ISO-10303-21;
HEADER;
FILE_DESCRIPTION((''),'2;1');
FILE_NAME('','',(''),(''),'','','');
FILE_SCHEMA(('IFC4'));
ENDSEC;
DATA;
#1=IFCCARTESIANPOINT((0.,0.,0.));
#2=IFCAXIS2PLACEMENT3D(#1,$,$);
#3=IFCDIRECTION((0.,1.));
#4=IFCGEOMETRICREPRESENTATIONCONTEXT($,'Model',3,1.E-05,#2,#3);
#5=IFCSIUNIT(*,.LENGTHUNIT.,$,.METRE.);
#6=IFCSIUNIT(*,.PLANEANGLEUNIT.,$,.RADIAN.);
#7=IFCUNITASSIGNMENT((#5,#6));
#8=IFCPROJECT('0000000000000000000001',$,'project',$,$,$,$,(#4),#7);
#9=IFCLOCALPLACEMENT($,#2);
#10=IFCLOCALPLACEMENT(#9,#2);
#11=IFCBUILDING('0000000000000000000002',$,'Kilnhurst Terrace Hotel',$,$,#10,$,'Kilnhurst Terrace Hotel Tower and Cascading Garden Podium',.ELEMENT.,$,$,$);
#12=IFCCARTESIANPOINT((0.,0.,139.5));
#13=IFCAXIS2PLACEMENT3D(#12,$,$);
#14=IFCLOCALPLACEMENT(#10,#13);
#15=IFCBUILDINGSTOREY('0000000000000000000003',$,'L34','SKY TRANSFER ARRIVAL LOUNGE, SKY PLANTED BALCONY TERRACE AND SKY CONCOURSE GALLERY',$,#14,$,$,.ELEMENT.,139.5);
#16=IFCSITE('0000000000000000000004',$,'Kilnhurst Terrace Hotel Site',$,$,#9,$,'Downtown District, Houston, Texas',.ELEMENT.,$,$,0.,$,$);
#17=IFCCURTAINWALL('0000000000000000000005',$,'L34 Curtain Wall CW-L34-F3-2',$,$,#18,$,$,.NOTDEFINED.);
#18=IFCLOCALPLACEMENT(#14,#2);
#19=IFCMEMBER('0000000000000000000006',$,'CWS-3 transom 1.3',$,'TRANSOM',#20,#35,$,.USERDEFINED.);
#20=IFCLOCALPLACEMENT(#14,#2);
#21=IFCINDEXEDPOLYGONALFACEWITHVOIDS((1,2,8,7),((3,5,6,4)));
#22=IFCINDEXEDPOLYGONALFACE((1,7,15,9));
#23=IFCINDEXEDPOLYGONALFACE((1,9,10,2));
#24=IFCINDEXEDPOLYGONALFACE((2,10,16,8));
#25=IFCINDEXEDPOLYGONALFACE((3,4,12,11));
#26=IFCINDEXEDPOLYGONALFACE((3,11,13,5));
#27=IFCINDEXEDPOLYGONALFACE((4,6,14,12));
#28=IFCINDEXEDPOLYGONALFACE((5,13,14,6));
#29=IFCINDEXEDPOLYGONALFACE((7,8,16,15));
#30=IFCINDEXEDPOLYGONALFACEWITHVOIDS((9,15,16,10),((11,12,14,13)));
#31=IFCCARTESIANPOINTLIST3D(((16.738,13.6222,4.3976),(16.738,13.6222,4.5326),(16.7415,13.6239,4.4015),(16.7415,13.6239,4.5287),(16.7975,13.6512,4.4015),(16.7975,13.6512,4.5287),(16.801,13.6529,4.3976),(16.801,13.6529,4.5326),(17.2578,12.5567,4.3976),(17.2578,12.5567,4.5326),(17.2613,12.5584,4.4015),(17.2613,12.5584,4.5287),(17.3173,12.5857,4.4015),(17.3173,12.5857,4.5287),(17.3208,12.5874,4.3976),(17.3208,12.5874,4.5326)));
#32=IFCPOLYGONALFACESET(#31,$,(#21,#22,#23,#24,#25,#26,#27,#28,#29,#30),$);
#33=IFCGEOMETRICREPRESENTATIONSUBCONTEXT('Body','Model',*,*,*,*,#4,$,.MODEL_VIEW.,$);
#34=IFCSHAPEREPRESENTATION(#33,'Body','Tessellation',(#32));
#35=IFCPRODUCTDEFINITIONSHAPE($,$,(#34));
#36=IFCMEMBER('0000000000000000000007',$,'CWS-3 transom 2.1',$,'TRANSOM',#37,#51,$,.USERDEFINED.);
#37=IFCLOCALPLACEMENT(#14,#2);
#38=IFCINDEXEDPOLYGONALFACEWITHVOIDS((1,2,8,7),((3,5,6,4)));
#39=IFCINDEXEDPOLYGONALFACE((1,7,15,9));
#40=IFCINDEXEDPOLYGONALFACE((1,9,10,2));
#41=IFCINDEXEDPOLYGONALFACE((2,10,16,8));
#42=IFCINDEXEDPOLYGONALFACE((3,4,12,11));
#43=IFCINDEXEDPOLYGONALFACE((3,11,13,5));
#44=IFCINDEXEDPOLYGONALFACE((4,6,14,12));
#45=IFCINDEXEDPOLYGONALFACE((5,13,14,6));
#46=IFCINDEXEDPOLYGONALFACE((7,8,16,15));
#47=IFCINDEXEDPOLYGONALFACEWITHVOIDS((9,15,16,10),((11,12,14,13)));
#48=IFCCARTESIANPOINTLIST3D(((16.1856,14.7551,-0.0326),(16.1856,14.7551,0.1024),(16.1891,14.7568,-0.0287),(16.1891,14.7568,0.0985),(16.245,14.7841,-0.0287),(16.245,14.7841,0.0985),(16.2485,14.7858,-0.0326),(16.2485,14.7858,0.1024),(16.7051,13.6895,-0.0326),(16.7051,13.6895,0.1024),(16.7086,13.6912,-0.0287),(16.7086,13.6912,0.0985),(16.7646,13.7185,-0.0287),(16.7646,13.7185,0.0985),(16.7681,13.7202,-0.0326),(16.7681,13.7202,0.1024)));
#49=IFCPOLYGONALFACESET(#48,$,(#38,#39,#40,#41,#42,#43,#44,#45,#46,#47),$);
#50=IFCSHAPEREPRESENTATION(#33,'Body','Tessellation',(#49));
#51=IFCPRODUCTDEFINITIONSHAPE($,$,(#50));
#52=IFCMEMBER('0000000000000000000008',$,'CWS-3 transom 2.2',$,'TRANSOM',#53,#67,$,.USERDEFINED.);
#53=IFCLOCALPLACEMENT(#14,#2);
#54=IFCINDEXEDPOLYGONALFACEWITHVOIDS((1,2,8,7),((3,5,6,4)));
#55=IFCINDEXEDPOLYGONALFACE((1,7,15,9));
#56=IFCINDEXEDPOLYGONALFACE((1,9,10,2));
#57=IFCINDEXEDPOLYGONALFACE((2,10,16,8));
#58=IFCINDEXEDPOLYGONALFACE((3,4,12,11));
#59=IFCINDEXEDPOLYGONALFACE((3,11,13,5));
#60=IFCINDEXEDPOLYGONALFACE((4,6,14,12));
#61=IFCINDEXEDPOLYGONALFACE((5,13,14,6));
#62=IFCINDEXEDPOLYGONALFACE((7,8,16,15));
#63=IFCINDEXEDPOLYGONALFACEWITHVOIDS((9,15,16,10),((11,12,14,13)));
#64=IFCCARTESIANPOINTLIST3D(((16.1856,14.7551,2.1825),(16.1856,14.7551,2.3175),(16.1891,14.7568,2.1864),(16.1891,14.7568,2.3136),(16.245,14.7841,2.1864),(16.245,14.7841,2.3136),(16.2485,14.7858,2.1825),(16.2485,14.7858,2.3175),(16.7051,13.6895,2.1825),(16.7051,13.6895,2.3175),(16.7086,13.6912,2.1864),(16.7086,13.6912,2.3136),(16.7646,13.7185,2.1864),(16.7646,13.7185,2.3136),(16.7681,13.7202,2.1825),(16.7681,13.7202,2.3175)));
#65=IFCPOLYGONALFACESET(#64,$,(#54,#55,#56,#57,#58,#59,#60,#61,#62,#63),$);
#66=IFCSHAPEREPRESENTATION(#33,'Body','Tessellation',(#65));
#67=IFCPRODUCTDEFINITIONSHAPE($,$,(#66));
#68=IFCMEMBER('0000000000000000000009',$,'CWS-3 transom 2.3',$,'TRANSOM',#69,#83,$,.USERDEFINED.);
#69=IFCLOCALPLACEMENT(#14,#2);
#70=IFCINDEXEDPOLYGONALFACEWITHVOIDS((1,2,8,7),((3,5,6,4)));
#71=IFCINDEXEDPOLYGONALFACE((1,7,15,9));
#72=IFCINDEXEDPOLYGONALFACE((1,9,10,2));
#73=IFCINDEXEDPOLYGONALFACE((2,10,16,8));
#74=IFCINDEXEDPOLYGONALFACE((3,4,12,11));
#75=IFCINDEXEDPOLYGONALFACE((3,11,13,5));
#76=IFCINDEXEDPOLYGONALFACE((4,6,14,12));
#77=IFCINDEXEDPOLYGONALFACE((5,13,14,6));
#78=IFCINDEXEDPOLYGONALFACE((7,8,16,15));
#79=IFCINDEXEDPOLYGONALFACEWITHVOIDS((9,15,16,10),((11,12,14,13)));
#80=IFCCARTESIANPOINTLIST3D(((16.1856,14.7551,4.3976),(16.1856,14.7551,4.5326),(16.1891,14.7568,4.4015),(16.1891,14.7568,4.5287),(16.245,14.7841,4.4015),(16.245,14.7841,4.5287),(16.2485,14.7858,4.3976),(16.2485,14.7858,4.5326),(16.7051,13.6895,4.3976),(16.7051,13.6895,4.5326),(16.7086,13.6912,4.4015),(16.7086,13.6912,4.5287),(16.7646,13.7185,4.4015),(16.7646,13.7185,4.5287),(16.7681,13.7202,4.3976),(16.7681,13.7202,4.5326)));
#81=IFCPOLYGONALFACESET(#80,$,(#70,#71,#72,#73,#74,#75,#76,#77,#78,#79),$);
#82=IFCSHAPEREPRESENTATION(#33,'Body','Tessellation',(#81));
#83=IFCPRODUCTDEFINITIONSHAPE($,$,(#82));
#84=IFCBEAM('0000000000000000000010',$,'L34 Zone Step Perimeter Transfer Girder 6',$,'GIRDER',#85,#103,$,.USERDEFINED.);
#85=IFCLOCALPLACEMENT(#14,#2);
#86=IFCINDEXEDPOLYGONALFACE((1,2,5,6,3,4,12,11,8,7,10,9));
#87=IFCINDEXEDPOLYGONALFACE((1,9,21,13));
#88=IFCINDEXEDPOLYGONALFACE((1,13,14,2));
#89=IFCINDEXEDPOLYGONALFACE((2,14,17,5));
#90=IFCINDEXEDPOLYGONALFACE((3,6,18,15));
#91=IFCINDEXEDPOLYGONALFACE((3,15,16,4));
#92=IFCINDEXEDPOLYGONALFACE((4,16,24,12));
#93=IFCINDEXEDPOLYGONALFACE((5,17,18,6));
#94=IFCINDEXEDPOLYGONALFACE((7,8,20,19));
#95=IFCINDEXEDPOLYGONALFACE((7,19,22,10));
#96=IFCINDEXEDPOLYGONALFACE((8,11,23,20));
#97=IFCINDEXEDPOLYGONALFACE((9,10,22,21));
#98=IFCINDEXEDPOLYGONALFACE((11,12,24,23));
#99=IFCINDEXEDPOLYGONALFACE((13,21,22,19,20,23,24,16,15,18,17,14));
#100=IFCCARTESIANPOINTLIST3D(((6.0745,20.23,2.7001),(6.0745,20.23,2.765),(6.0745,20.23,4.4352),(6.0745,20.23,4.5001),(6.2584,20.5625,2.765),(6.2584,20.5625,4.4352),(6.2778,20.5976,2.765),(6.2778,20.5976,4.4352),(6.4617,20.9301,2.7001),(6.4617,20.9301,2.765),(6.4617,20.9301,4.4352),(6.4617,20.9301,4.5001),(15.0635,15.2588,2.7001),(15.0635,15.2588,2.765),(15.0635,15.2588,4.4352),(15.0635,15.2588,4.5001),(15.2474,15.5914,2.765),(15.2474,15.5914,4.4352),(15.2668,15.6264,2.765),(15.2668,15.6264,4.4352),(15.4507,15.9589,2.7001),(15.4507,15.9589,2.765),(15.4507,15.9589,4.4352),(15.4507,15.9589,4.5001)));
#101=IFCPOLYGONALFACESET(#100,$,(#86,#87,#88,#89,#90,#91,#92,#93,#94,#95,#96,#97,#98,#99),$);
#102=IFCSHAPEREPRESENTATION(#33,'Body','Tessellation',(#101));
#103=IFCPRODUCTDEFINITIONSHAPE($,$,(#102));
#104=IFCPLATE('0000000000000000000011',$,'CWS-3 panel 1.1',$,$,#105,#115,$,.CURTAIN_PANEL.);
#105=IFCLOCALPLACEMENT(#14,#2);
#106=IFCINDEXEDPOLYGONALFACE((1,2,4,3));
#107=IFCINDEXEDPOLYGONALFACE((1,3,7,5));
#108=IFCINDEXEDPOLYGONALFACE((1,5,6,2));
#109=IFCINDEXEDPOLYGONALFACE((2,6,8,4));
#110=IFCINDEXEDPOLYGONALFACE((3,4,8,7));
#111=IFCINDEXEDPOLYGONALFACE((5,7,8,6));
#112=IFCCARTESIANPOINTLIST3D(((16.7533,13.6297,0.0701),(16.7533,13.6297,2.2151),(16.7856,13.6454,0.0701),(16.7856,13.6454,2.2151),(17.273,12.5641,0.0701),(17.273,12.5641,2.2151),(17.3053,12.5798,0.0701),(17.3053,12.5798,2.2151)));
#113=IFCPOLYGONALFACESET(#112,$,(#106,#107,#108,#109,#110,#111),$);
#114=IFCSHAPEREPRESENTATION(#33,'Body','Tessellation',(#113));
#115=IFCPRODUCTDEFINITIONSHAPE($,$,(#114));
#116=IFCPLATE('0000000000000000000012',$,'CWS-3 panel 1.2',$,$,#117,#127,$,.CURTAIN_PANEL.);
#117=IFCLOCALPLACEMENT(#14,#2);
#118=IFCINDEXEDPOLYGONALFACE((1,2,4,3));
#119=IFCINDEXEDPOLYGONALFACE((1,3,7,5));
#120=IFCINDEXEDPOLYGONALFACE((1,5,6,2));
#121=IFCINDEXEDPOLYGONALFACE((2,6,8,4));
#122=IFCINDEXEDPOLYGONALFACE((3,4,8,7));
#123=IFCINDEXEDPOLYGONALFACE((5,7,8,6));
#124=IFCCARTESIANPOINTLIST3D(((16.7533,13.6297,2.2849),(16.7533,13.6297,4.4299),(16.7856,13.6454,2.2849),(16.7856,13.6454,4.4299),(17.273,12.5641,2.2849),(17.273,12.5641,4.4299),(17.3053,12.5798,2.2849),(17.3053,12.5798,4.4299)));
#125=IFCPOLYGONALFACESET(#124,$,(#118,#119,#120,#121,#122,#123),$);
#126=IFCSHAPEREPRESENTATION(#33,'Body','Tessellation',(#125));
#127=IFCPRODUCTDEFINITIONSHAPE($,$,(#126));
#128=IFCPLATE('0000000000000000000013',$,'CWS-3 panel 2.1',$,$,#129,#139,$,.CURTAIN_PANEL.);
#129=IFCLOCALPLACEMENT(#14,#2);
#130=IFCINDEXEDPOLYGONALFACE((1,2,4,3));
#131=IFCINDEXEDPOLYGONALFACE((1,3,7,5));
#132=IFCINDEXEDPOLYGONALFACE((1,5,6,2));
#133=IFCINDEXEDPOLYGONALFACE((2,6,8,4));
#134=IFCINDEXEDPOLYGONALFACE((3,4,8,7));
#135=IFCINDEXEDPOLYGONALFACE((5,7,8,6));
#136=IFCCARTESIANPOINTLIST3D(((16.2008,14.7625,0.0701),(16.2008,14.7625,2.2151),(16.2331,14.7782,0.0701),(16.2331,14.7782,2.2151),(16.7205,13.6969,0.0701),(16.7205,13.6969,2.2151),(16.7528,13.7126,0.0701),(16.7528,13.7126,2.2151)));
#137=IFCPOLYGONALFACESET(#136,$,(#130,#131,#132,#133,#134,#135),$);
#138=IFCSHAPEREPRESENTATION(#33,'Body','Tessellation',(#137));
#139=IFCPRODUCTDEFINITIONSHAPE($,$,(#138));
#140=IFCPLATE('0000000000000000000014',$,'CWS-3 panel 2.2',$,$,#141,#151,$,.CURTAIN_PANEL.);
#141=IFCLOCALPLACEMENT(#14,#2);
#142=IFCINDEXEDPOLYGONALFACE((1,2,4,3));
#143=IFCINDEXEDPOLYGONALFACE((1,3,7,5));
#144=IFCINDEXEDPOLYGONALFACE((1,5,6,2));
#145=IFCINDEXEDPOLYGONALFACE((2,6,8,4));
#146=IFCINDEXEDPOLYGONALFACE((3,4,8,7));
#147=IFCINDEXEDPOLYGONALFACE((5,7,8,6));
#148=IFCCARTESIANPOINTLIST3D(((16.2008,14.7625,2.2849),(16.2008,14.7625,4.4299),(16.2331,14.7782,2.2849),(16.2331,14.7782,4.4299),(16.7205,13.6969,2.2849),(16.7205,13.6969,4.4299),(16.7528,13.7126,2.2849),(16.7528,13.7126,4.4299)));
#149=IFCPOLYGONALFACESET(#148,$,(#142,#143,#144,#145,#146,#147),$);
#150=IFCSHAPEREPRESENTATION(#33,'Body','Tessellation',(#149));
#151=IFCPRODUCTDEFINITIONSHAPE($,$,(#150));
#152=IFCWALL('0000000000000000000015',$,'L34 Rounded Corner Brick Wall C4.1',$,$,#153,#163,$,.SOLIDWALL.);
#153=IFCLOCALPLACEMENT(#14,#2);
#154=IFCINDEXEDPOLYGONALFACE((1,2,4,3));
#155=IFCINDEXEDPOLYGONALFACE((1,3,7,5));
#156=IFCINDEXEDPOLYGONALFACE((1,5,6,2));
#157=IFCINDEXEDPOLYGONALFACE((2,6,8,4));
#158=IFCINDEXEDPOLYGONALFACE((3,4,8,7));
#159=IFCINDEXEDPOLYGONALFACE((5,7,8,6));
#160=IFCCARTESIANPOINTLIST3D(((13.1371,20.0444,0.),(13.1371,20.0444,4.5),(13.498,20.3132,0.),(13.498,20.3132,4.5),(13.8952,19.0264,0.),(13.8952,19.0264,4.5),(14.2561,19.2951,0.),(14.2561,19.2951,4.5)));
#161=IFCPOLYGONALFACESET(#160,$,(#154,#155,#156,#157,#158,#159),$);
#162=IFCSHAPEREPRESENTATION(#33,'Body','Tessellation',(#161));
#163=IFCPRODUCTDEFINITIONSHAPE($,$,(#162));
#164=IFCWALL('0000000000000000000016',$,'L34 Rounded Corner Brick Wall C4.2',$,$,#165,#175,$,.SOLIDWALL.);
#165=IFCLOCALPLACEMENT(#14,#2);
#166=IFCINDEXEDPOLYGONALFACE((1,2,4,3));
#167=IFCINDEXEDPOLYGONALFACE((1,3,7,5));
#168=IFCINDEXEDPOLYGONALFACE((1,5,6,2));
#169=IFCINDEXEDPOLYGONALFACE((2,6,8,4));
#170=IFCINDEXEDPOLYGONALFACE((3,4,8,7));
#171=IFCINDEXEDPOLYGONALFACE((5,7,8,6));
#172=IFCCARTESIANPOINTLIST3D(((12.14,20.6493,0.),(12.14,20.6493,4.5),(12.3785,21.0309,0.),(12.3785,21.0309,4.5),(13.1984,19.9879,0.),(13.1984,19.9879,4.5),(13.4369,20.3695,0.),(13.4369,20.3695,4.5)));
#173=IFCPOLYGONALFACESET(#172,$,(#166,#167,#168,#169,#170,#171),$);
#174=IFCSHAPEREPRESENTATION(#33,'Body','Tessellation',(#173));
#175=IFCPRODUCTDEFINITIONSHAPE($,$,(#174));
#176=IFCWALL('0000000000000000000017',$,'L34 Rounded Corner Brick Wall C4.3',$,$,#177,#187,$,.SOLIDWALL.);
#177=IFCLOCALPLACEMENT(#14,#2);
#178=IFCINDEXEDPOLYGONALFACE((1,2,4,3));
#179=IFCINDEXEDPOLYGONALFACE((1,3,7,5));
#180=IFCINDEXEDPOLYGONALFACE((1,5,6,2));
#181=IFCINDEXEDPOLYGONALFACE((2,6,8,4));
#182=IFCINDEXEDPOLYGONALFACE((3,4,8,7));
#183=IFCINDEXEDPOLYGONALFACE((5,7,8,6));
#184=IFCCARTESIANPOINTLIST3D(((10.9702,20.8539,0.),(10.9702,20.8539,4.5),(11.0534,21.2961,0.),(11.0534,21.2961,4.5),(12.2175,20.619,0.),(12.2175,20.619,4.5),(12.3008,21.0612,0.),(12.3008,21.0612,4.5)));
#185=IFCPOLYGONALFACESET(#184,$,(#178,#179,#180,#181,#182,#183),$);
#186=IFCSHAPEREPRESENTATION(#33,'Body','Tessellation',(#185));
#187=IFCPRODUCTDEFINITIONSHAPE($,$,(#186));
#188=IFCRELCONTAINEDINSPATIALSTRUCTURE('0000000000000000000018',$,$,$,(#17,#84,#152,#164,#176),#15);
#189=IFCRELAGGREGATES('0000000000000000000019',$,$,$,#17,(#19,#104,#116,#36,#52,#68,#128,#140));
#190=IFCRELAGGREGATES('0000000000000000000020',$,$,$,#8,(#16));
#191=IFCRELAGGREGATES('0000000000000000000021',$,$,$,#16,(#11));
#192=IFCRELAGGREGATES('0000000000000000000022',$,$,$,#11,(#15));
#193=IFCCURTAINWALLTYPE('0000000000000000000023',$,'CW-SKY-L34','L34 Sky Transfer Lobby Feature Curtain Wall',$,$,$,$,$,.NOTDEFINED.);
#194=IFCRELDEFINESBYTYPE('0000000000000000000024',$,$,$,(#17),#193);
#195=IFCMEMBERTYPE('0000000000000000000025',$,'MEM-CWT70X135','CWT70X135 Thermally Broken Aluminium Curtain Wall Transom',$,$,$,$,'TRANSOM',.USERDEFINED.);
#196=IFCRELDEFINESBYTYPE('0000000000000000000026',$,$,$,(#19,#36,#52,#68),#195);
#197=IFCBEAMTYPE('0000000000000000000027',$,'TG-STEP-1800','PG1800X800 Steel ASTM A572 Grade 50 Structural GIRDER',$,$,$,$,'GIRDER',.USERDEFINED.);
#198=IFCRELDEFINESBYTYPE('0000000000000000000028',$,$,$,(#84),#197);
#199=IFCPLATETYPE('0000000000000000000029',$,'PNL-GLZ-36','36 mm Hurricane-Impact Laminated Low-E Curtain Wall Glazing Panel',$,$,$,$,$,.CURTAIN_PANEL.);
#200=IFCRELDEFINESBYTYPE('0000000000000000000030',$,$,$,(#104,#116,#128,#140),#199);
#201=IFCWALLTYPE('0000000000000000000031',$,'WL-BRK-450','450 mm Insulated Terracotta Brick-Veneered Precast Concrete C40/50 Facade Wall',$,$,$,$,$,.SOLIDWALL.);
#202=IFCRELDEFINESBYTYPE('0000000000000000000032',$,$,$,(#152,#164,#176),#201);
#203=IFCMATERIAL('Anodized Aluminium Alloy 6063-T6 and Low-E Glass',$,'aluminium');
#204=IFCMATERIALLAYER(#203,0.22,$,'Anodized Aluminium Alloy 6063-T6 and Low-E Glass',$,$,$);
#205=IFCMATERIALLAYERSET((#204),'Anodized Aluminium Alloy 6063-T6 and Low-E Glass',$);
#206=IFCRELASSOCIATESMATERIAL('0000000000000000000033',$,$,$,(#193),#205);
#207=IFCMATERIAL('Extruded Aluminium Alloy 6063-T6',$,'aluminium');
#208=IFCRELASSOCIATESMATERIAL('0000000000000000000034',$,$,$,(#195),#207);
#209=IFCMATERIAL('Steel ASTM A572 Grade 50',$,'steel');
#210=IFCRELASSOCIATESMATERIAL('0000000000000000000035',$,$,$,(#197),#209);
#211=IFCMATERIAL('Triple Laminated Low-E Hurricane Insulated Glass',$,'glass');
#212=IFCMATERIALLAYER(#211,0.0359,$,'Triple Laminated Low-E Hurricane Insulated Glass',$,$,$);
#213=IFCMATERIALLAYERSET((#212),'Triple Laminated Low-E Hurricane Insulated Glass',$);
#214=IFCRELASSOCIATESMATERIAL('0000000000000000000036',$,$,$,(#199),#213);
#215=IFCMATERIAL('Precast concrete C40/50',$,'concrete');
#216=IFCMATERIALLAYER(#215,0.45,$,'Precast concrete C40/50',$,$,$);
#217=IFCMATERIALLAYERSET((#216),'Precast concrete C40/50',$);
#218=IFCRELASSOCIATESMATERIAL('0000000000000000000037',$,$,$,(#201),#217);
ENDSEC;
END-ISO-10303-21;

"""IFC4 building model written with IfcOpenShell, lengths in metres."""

from ifc_helpers import new_model, si_unit, direction, frame, frame_2d, origin, origin_2d, place, context, subcontext, project, spatial, rectangle, hollow_rectangle, i_section, extrude, material, layer, layer_set, material_profile, profile_set, type_object, element, aggregate, save


model = new_model("IFC4")

# Units and contexts
model_context = context("Model", 3, precision=1e-05, world=origin(), true_north=direction((0.0, 1.0)))
body_context = subcontext(model_context, "Body", "Model", "MODEL_VIEW")
ifc_project = project(units=[si_unit("LENGTHUNIT", "METRE"), si_unit("PLANEANGLEUNIT", "RADIAN")], contexts=[model_context])

# Site, building, storey
site_placement = place(None, origin())
site = spatial("IfcSite", under=ifc_project, at=site_placement, Name="Kilnhurst Terrace Hotel Site", LongName="Downtown District, Houston, Texas", CompositionType="ELEMENT", RefElevation=0.0)
building_placement = place(site_placement, origin())
building = spatial("IfcBuilding", under=site, at=building_placement, Name="Kilnhurst Terrace Hotel", LongName="Kilnhurst Terrace Hotel Tower and Cascading Garden Podium", CompositionType="ELEMENT")
storey_placement = place(building_placement, frame((0.0, 0.0, 139.5)))
storey = spatial("IfcBuildingStorey", under=building, at=storey_placement, Name="L34", Description="SKY TRANSFER ARRIVAL LOUNGE, SKY PLANTED BALCONY TERRACE AND SKY CONCOURSE GALLERY", CompositionType="ELEMENT", Elevation=139.5)

# Curtain wall, members
ifc_material_1 = material(Name="Anodized Aluminium Alloy 6063-T6 and Low-E Glass", Category="aluminium")
ifc_layer_1 = layer(ifc_material_1, 0.22, Name="Anodized Aluminium Alloy 6063-T6 and Low-E Glass")
ifc_layer_set_1 = layer_set([ifc_layer_1], Name="Anodized Aluminium Alloy 6063-T6 and Low-E Glass")
curtain_wall_type = type_object("IfcCurtainWallType", Name="CW-SKY-L34", Description="L34 Sky Transfer Lobby Feature Curtain Wall", PredefinedType="NOTDEFINED", material=ifc_layer_set_1)
curtain_wall_placement = place(storey_placement, origin())
curtain_wall = element("IfcCurtainWall", 1, at=curtain_wall_placement, inside=storey, type_object=curtain_wall_type, Name="L34 Curtain Wall CW-L34-F3-2", PredefinedType="NOTDEFINED")
ifc_material_2 = material(Name="Extruded Aluminium Alloy 6063-T6", Category="aluminium")
ifc_material_profile_1 = material_profile(ifc_material_2, hollow_rectangle(XDim=0.0701, YDim=0.135, WallThickness=0.0039, at=origin_2d()), Name="CWT70X135")
ifc_profile_set_1 = profile_set([ifc_material_profile_1], Name="Extruded Aluminium Alloy 6063-T6")
member_type_1 = type_object("IfcMemberType", Name="MEM-CWT70X135", Description="CWT70X135 Thermally Broken Aluminium Curtain Wall Transom", ElementType="TRANSOM", PredefinedType="USERDEFINED", material=ifc_profile_set_1)
member_1_placement = place(storey_placement, frame((17.2893, 12.572, 4.4651), z_axis=(-0.43846, 0.898751, 0.0), x_axis=(-0.898751, -0.43846, 0.0)))
member_1 = element("IfcMember", 2, at=member_1_placement, type_object=member_type_1, Name="CWS-3 transom 1.3", ObjectType="TRANSOM", PredefinedType="USERDEFINED", context=body_context, shape_type="SweptSolid", body=[
    extrude(hollow_rectangle(XDim=0.0701, YDim=0.135, WallThickness=0.0039, at=origin_2d()), origin(), (0.0, 0.0, 1.0), 1.1855),
])
member_2_placement = place(storey_placement, frame((16.7366, 13.7048, 0.0349), z_axis=(-0.438213, 0.898871, 0.0), x_axis=(-0.898871, -0.438213, 0.0)))
member_2 = element("IfcMember", 3, at=member_2_placement, type_object=member_type_1, Name="CWS-3 transom 2.1", ObjectType="TRANSOM", PredefinedType="USERDEFINED", context=body_context, shape_type="SweptSolid", body=[
    extrude(hollow_rectangle(XDim=0.0701, YDim=0.135, WallThickness=0.0039, at=origin_2d()), origin(), (0.0, 0.0, 1.0), 1.1855),
])
member_3_placement = place(storey_placement, frame((16.7366, 13.7048, 2.25), z_axis=(-0.438213, 0.898871, 0.0), x_axis=(-0.898871, -0.438213, 0.0)))
member_3 = element("IfcMember", 4, at=member_3_placement, type_object=member_type_1, Name="CWS-3 transom 2.2", ObjectType="TRANSOM", PredefinedType="USERDEFINED", context=body_context, shape_type="SweptSolid", body=[
    extrude(hollow_rectangle(XDim=0.0701, YDim=0.135, WallThickness=0.0039, at=origin_2d()), origin(), (0.0, 0.0, 1.0), 1.1855),
])
member_4_placement = place(storey_placement, frame((16.7366, 13.7048, 4.4651), z_axis=(-0.438213, 0.898871, 0.0), x_axis=(-0.898871, -0.438213, 0.0)))
member_4 = element("IfcMember", 5, at=member_4_placement, type_object=member_type_1, Name="CWS-3 transom 2.3", ObjectType="TRANSOM", PredefinedType="USERDEFINED", context=body_context, shape_type="SweptSolid", body=[
    extrude(hollow_rectangle(XDim=0.0701, YDim=0.135, WallThickness=0.0039, at=origin_2d()), origin(), (0.0, 0.0, 1.0), 1.1855),
])

# Beam
ifc_material_3 = material(Name="Steel ASTM A572 Grade 50", Category="steel")
ifc_material_profile_2 = material_profile(ifc_material_3, i_section(OverallWidth=0.8, OverallDepth=1.8, WebThickness=0.04, FlangeThickness=0.0649, at=origin_2d()), Name="PG1800X800")
ifc_profile_set_2 = profile_set([ifc_material_profile_2], Name="Steel ASTM A572 Grade 50")
beam_type_1 = type_object("IfcBeamType", Name="TG-STEP-1800", Description="PG1800X800 Steel ASTM A572 Grade 50 Structural GIRDER", ElementType="GIRDER", PredefinedType="USERDEFINED", material=ifc_profile_set_2)
beam_1_placement = place(storey_placement, frame((15.2571, 15.6089, 3.6001), z_axis=(-0.875094, 0.483953, 0.0), x_axis=(-0.483953, -0.875094, 0.0)))
element("IfcBeam", 6, at=beam_1_placement, inside=storey, type_object=beam_type_1, Name="L34 Zone Step Perimeter Transfer Girder 6", ObjectType="GIRDER", PredefinedType="USERDEFINED", context=body_context, shape_type="SweptSolid", body=[
    extrude(i_section(OverallWidth=0.8, OverallDepth=1.8, WebThickness=0.04, FlangeThickness=0.0649, at=origin_2d()), origin(), (0.0, 0.0, 1.0), 10.272),
])

# Plates
ifc_material_4 = material(Name="Triple Laminated Low-E Hurricane Insulated Glass", Category="glass")
ifc_layer_2 = layer(ifc_material_4, 0.0359, Name="Triple Laminated Low-E Hurricane Insulated Glass")
ifc_layer_set_2 = layer_set([ifc_layer_2], Name="Triple Laminated Low-E Hurricane Insulated Glass")
plate_type = type_object("IfcPlateType", Name="PNL-GLZ-36", Description="36 mm Hurricane-Impact Laminated Low-E Curtain Wall Glazing Panel", PredefinedType="CURTAIN_PANEL", material=ifc_layer_set_2)
plate_1_placement = place(storey_placement, frame((17.0293, 13.1047, 0.0701), z_axis=(0.0, 0.0, 1.0), x_axis=(-0.438363, 0.898798, 0.0)))
plate_1 = element("IfcPlate", 7, at=plate_1_placement, type_object=plate_type, Name="CWS-3 panel 1.1", PredefinedType="CURTAIN_PANEL", context=body_context, shape_type="SweptSolid", body=[
    extrude(rectangle(XDim=1.1855, YDim=0.0359, at=origin_2d()), origin(), (0.0, 0.0, 1.0), 2.145),
])
plate_2_placement = place(storey_placement, frame((17.0293, 13.1047, 2.2849), z_axis=(0.0, 0.0, 1.0), x_axis=(-0.438363, 0.898798, 0.0)))
plate_2 = element("IfcPlate", 8, at=plate_2_placement, type_object=plate_type, Name="CWS-3 panel 1.2", PredefinedType="CURTAIN_PANEL", context=body_context, shape_type="SweptSolid", body=[
    extrude(rectangle(XDim=1.1855, YDim=0.0359, at=origin_2d()), origin(), (0.0, 0.0, 1.0), 2.145),
])
plate_3_placement = place(storey_placement, frame((16.4768, 14.2375, 0.0701), z_axis=(0.0, 0.0, 1.0), x_axis=(-0.438363, 0.898798, 0.0)))
plate_3 = element("IfcPlate", 9, at=plate_3_placement, type_object=plate_type, Name="CWS-3 panel 2.1", PredefinedType="CURTAIN_PANEL", context=body_context, shape_type="SweptSolid", body=[
    extrude(rectangle(XDim=1.1855, YDim=0.0359, at=origin_2d()), origin(), (0.0, 0.0, 1.0), 2.145),
])
plate_4_placement = place(storey_placement, frame((16.4768, 14.2375, 2.2849), z_axis=(0.0, 0.0, 1.0), x_axis=(-0.438363, 0.898798, 0.0)))
plate_4 = element("IfcPlate", 10, at=plate_4_placement, type_object=plate_type, Name="CWS-3 panel 2.2", PredefinedType="CURTAIN_PANEL", context=body_context, shape_type="SweptSolid", body=[
    extrude(rectangle(XDim=1.1855, YDim=0.0359, at=origin_2d()), origin(), (0.0, 0.0, 1.0), 2.145),
])
aggregate(curtain_wall, [member_1, plate_1, plate_2, member_2, member_3, member_4, plate_3, plate_4])

# Walls
ifc_material_5 = material(Name="Precast concrete C40/50", Category="concrete")
ifc_layer_3 = layer(ifc_material_5, 0.45, Name="Precast concrete C40/50")
ifc_layer_set_3 = layer_set([ifc_layer_3], Name="Precast concrete C40/50")
wall_type_1 = type_object("IfcWallType", Name="WL-BRK-450", Description="450 mm Insulated Terracotta Brick-Veneered Precast Concrete C40/50 Facade Wall", PredefinedType="SOLIDWALL", material=ifc_layer_set_3)
wall_1_placement = place(storey_placement, frame((14.0757, 19.1606, 0.0), z_axis=(0.0, 0.0, 1.0), x_axis=(-0.597227, 0.802073, 0.0)))
element("IfcWall", 11, at=wall_1_placement, inside=storey, type_object=wall_type_1, Name="L34 Rounded Corner Brick Wall C4.1", PredefinedType="SOLIDWALL", context=body_context, shape_type="SweptSolid", body=[
    extrude(rectangle(XDim=1.2693, YDim=0.45, at=frame_2d((0.6348, 0.0))), origin(), (0.0, 0.0, 1.0), 4.5),
])
wall_2_placement = place(storey_placement, frame((13.3176, 20.1787, 0.0), z_axis=(0.0, 0.0, 1.0), x_axis=(-0.848031, 0.529946, 0.0)))
element("IfcWall", 12, at=wall_2_placement, inside=storey, type_object=wall_type_1, Name="L34 Rounded Corner Brick Wall C4.2", PredefinedType="SOLIDWALL", context=body_context, shape_type="SweptSolid", body=[
    extrude(rectangle(XDim=1.248, YDim=0.45, at=frame_2d((0.624, 0.0))), origin(), (0.0, 0.0, 1.0), 4.5),
])
wall_3_placement = place(storey_placement, frame((12.2593, 20.8401, 0.0), z_axis=(0.0, 0.0, 1.0), x_axis=(-0.98273, 0.185043, 0.0)))
element("IfcWall", 13, at=wall_3_placement, inside=storey, type_object=wall_type_1, Name="L34 Rounded Corner Brick Wall C4.3", PredefinedType="SOLIDWALL", context=body_context, shape_type="SweptSolid", body=[
    extrude(rectangle(XDim=1.2693, YDim=0.45, at=frame_2d((0.6348, 0.0))), origin(), (0.0, 0.0, 1.0), 4.5),
])

save(model, "model.ifc")
